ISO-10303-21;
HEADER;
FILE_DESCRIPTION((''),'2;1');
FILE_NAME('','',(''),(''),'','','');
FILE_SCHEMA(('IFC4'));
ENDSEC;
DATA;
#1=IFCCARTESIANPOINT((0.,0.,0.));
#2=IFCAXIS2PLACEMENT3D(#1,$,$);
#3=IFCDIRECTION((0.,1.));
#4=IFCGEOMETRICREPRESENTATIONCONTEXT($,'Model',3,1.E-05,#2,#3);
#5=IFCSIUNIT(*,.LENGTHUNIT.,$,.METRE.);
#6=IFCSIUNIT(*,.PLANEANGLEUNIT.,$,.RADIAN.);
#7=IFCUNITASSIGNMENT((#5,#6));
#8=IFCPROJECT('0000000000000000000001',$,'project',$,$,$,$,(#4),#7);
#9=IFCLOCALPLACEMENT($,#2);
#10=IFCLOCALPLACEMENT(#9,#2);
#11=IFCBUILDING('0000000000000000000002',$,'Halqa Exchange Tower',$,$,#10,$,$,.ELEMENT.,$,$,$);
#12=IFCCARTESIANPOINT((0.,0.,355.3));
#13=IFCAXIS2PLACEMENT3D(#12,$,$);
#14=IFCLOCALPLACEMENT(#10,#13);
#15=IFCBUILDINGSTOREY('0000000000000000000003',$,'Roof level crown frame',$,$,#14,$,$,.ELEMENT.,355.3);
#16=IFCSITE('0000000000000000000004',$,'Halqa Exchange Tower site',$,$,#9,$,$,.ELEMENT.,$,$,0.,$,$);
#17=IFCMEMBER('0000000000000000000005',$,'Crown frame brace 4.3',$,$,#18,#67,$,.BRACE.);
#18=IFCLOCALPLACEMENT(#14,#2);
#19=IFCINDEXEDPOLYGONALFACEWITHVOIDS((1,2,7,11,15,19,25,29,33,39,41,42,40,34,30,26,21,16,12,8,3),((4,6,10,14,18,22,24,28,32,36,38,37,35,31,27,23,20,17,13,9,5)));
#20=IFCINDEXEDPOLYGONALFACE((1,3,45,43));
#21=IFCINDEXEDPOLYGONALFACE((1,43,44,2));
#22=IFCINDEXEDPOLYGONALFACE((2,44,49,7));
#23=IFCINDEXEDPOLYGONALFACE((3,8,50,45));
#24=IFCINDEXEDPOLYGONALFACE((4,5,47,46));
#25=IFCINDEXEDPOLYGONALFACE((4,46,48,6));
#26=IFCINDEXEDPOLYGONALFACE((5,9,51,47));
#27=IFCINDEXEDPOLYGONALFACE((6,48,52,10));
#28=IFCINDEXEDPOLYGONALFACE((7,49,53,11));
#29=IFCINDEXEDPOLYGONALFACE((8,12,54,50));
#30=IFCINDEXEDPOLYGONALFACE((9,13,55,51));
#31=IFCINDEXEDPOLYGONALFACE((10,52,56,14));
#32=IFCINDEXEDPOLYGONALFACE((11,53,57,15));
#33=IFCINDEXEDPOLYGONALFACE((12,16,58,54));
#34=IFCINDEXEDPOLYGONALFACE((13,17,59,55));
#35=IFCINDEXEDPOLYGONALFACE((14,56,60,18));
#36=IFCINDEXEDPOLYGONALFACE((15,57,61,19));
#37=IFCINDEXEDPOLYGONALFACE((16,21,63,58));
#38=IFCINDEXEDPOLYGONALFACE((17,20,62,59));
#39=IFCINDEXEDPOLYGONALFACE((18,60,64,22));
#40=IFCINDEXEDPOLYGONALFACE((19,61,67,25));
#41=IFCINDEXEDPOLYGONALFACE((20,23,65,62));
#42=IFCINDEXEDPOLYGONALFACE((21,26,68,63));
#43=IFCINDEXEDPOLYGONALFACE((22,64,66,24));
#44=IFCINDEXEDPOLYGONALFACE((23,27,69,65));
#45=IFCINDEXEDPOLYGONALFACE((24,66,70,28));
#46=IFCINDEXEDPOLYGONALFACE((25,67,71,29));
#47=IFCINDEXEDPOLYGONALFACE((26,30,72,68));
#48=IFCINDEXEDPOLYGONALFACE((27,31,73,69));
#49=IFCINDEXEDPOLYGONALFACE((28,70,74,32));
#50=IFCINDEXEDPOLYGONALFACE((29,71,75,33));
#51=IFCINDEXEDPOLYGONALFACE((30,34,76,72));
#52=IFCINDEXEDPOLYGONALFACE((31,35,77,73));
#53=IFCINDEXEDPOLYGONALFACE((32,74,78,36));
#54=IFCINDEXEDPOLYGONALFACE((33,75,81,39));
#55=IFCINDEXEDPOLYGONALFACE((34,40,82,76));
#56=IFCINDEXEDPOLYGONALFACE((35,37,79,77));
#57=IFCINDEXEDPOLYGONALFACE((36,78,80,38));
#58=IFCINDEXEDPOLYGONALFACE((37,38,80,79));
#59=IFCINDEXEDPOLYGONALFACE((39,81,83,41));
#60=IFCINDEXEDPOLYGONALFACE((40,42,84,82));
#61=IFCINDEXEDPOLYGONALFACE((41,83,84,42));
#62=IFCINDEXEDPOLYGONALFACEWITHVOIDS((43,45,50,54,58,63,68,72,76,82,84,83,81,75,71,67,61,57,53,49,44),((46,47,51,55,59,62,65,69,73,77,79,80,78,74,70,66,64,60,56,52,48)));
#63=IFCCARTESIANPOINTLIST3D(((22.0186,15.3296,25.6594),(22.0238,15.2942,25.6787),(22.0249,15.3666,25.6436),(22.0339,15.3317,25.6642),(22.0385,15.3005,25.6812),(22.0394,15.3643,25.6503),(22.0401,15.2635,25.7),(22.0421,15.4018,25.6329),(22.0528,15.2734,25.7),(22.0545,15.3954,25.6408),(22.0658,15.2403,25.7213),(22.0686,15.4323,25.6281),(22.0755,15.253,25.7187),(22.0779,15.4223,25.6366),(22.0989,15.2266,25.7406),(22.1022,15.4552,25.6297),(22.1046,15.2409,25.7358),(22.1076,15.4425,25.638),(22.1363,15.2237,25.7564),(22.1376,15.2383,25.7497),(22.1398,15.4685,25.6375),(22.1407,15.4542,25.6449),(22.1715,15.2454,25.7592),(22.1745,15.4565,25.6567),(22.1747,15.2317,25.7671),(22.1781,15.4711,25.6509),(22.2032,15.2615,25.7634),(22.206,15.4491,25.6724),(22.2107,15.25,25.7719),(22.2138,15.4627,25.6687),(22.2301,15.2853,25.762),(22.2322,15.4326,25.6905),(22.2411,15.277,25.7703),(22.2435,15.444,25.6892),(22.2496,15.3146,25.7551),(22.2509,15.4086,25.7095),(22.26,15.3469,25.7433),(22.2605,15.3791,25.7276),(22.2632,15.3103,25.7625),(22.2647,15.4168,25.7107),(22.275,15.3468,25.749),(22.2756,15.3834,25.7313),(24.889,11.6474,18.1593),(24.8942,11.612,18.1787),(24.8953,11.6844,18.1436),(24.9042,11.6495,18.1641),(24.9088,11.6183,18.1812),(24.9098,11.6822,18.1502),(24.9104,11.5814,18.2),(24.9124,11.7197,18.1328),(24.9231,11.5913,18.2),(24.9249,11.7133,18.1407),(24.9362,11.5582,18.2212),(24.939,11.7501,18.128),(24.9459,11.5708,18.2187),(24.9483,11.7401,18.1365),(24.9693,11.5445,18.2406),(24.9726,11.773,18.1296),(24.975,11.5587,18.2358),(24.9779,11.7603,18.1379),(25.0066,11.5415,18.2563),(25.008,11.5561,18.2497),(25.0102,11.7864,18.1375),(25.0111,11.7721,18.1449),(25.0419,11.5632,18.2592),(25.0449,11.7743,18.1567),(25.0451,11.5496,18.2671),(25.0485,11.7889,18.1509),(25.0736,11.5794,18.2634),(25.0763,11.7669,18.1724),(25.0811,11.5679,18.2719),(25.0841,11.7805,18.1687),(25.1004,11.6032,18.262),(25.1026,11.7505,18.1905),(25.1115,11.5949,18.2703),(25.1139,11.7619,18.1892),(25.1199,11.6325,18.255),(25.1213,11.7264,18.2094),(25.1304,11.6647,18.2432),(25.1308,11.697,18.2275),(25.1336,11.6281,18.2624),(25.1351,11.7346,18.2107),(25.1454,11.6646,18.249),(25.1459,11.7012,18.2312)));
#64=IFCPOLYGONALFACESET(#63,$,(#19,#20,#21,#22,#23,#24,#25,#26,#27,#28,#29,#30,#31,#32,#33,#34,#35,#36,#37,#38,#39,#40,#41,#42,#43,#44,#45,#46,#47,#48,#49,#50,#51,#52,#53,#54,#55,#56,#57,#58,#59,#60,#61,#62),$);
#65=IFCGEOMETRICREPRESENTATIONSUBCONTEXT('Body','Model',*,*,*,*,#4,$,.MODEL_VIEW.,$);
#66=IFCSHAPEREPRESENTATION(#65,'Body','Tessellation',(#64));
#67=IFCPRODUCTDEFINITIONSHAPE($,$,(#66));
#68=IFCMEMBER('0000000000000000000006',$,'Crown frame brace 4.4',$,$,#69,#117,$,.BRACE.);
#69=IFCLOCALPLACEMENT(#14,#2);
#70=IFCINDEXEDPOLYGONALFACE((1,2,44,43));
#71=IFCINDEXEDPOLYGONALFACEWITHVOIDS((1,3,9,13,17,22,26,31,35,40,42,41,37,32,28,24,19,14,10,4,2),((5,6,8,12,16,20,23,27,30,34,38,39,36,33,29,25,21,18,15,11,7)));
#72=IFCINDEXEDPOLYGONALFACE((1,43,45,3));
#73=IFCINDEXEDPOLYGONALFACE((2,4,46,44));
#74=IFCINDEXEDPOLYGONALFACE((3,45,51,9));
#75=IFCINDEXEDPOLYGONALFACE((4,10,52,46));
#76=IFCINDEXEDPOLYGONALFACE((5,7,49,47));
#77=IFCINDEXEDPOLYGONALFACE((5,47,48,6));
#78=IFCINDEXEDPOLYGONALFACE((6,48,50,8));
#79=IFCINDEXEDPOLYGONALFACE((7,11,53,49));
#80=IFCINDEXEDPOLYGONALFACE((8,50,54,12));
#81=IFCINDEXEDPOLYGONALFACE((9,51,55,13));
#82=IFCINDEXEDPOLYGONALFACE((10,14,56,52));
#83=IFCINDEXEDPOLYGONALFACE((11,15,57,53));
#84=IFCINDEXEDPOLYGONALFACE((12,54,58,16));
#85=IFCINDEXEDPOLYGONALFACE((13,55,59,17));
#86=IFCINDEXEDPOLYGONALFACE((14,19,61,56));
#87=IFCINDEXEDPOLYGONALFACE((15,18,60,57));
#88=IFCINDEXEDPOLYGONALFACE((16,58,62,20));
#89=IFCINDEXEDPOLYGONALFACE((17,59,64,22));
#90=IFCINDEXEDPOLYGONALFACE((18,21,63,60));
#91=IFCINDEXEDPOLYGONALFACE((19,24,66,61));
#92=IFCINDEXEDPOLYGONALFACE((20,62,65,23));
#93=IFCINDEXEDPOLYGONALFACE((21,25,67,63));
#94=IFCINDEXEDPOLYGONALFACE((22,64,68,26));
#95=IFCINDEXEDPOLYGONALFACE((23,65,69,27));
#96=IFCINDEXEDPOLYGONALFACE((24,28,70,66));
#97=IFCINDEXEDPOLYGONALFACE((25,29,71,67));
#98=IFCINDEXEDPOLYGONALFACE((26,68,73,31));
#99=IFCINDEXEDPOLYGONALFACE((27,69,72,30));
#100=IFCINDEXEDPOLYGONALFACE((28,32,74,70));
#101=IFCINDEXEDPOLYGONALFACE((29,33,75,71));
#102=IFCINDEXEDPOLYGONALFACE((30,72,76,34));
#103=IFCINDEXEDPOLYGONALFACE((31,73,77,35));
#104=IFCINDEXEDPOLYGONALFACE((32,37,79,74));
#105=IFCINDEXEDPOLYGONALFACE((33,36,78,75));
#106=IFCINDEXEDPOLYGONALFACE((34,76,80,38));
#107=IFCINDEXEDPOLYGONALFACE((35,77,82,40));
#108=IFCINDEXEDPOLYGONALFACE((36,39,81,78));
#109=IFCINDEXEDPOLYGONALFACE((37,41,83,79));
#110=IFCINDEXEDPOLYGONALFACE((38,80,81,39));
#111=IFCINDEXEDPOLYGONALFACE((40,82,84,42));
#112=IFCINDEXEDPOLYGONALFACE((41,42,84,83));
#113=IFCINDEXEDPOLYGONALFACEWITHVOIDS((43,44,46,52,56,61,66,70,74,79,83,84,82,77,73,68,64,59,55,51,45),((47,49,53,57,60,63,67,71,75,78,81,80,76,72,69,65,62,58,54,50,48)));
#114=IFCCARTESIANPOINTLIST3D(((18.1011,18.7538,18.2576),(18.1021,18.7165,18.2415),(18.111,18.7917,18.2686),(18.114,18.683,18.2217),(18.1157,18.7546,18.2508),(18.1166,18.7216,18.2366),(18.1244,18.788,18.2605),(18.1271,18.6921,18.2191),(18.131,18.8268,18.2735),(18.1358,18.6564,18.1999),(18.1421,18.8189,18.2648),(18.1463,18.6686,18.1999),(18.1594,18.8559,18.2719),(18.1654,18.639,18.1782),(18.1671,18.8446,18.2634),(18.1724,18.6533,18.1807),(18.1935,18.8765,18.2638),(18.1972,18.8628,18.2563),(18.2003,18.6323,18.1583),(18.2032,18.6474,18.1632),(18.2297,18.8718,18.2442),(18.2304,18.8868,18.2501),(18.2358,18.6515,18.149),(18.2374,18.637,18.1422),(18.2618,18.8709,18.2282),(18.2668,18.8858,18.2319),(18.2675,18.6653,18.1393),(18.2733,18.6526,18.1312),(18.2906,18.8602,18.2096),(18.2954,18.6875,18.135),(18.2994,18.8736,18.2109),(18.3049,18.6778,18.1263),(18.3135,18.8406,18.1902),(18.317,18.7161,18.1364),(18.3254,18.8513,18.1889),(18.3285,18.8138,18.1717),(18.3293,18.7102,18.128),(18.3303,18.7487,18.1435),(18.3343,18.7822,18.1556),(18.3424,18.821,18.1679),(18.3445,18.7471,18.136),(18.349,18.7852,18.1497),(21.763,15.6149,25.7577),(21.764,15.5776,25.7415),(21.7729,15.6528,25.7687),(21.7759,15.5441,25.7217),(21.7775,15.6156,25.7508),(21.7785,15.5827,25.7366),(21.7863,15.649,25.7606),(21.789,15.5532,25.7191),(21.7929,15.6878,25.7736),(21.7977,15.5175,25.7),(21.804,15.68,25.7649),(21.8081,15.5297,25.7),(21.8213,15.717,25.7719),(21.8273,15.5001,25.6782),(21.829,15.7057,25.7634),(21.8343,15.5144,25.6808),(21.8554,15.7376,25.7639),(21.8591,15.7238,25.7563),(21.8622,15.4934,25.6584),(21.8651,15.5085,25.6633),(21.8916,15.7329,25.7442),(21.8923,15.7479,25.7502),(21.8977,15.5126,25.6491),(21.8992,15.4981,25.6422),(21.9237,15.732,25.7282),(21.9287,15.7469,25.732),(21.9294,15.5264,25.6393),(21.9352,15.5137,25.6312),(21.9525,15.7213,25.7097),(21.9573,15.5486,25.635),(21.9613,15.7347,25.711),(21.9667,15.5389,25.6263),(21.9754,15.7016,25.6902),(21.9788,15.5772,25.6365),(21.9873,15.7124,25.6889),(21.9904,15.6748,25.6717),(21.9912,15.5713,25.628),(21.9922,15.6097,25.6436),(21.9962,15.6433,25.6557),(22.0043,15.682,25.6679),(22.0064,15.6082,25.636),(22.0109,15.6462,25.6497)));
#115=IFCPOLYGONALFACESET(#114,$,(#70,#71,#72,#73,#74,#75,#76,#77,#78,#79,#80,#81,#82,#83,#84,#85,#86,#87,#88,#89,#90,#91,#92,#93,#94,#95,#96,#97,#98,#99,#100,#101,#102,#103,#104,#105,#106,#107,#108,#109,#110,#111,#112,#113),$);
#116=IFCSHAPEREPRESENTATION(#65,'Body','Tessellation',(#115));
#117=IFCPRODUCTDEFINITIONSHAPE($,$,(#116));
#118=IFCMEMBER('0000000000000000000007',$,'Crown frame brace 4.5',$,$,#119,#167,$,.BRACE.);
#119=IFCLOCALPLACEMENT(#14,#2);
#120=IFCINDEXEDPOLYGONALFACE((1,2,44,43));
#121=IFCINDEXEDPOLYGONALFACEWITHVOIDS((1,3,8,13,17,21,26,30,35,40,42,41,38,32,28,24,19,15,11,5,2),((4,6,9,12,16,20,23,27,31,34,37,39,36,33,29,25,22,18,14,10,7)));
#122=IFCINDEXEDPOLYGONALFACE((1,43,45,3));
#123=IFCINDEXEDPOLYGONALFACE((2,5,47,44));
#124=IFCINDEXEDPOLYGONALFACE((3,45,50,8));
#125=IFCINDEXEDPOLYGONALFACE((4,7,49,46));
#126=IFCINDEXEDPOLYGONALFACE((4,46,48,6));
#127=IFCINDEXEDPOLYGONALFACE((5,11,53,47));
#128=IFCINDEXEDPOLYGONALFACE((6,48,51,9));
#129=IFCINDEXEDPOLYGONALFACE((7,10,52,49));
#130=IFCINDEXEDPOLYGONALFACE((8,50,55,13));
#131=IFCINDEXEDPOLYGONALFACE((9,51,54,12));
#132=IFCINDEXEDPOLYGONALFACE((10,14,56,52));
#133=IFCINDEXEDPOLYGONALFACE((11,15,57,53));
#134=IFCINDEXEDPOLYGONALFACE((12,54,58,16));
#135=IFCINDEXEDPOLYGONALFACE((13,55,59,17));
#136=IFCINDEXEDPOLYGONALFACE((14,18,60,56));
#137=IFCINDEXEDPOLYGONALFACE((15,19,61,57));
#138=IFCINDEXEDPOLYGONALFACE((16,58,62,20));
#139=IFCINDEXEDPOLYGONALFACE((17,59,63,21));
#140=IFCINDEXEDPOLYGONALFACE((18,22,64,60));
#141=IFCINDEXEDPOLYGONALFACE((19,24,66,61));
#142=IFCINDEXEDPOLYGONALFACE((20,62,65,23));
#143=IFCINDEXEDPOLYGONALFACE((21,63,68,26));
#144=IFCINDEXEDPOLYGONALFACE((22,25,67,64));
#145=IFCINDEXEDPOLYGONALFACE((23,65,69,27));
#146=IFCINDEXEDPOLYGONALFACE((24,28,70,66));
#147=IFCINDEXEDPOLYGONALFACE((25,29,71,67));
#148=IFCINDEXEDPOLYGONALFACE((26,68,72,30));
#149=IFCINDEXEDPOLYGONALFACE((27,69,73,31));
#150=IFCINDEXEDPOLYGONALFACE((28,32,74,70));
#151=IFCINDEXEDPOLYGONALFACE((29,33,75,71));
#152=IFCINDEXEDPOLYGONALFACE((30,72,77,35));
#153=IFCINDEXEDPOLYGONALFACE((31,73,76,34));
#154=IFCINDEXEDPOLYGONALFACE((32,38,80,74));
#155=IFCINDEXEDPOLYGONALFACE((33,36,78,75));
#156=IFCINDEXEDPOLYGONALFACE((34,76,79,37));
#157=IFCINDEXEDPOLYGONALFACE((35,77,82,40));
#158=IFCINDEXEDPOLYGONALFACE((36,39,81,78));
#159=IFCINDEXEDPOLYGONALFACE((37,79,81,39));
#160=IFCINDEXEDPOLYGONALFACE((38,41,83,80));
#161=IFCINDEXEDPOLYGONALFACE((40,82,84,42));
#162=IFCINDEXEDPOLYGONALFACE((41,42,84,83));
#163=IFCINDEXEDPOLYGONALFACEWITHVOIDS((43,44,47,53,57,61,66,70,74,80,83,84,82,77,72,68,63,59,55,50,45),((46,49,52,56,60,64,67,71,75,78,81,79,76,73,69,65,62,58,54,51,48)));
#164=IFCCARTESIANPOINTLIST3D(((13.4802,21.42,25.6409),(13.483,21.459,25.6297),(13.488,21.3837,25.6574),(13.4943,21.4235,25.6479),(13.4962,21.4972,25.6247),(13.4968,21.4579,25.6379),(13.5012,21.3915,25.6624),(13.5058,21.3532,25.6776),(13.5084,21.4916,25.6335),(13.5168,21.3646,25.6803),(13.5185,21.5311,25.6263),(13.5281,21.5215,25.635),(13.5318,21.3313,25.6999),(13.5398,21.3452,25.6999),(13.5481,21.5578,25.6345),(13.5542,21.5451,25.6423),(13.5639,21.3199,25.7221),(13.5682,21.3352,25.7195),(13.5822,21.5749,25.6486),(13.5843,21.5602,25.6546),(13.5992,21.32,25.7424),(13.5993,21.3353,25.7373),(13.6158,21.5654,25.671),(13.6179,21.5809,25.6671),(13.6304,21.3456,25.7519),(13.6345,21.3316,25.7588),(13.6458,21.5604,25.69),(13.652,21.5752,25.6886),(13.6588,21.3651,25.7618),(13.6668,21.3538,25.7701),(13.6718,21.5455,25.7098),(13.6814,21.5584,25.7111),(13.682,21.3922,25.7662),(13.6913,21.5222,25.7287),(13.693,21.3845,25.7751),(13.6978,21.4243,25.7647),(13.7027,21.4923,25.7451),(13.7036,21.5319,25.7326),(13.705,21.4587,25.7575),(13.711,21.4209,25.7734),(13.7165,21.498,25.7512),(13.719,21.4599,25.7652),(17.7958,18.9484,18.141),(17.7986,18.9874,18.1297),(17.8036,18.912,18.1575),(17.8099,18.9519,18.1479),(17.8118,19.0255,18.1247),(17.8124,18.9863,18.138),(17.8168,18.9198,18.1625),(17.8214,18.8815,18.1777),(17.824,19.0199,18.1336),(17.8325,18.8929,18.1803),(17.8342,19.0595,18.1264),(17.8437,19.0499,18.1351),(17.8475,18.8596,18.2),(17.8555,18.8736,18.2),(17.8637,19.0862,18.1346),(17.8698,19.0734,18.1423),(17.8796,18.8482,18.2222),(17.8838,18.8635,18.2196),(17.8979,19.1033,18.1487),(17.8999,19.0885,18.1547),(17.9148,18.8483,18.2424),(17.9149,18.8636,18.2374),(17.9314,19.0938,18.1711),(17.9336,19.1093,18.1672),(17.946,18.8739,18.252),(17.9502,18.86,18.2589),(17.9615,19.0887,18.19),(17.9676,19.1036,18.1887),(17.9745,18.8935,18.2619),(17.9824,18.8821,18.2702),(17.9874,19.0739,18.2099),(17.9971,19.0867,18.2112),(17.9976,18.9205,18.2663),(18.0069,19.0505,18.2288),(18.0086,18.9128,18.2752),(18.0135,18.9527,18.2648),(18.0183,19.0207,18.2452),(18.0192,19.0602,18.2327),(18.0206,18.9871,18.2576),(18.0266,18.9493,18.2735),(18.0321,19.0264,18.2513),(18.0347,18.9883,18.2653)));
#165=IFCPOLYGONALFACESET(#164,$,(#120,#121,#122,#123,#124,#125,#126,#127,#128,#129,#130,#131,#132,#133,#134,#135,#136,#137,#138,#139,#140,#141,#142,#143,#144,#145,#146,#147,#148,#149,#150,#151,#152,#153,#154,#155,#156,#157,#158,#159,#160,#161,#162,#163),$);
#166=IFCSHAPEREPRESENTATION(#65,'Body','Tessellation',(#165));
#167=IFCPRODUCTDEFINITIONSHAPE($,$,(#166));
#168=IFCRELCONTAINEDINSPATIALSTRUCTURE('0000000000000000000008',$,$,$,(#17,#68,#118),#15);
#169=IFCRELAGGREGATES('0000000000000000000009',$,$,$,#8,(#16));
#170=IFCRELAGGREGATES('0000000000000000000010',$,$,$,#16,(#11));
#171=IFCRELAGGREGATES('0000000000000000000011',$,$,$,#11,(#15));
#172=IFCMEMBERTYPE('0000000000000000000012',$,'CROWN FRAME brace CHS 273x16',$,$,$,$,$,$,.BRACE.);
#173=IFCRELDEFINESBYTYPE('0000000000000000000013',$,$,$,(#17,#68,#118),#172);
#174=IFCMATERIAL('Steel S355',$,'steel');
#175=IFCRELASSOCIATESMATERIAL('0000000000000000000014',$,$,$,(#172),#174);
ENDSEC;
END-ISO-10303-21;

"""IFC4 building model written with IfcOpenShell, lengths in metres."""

from ifc_helpers import new_model, si_unit, direction, frame, origin, origin_2d, place, context, subcontext, project, spatial, hollow_circle, extrude, material, material_profile, profile_set, type_object, element, save


model = new_model("IFC4")

# Units and contexts
model_context = context("Model", 3, precision=1e-05, world=origin(), true_north=direction((0.0, 1.0)))
body_context = subcontext(model_context, "Body", "Model", "MODEL_VIEW")
ifc_project = project(units=[si_unit("LENGTHUNIT", "METRE"), si_unit("PLANEANGLEUNIT", "RADIAN")], contexts=[model_context])

# Site, building, storey
site_placement = place(None, origin())
site = spatial("IfcSite", under=ifc_project, at=site_placement, Name="Halqa Exchange Tower site", CompositionType="ELEMENT", RefElevation=0.0)
building_placement = place(site_placement, origin())
building = spatial("IfcBuilding", under=site, at=building_placement, Name="Halqa Exchange Tower", CompositionType="ELEMENT")
storey_placement = place(building_placement, frame((0.0, 0.0, 355.3)))
storey = spatial("IfcBuildingStorey", under=building, at=storey_placement, Name="Roof level crown frame", CompositionType="ELEMENT", Elevation=355.3)

# Members
ifc_material_1 = material(Name="Steel S355", Category="steel")
ifc_material_profile_1 = material_profile(ifc_material_1, hollow_circle(Radius=0.1365, WallThickness=0.0161, at=origin_2d()), Name="CHS 273x16")
ifc_profile_set_1 = profile_set([ifc_material_profile_1], Name="Steel S355")
member_type = type_object("IfcMemberType", Name="CROWN FRAME brace CHS 273x16", PredefinedType="BRACE", material=ifc_profile_set_1)
member_1_placement = place(storey_placement, frame((25.0181, 11.6653, 18.2), z_axis=(-0.324906, 0.416793, 0.848952), x_axis=(-0.788679, -0.614805, 0.0)))
element("IfcMember", 1, at=member_1_placement, inside=storey, type_object=member_type, Name="Crown frame brace 4.3", PredefinedType="BRACE", context=body_context, shape_type="SweptSolid", body=[
    extrude(hollow_circle(Radius=0.1365, WallThickness=0.0161, at=origin_2d()), origin(), (0.0, 0.0, 1.0), 8.8345),
])
member_2_placement = place(storey_placement, frame((21.8865, 15.6211, 25.7), z_axis=(-0.410663, 0.352017, -0.841094), x_axis=(-0.650812, -0.759239, 0.0)))
element("IfcMember", 2, at=member_2_placement, inside=storey, type_object=member_type, Name="Crown frame brace 4.4", PredefinedType="BRACE", context=body_context, shape_type="SweptSolid", body=[
    extrude(hollow_circle(Radius=0.1365, WallThickness=0.0161, at=origin_2d()), origin(), (0.0, 0.0, 1.0), 8.917),
])
member_3_placement = place(storey_placement, frame((17.9153, 18.978, 18.2), z_axis=(-0.479566, 0.274658, 0.833414), x_axis=(-0.496985, -0.867759, 0.0)))
element("IfcMember", 3, at=member_3_placement, inside=storey, type_object=member_type, Name="Crown frame brace 4.5", PredefinedType="BRACE", context=body_context, shape_type="SweptSolid", body=[
    extrude(hollow_circle(Radius=0.1365, WallThickness=0.0161, at=origin_2d()), origin(), (0.0, 0.0, 1.0), 8.999),
])

save(model, "model.ifc")
